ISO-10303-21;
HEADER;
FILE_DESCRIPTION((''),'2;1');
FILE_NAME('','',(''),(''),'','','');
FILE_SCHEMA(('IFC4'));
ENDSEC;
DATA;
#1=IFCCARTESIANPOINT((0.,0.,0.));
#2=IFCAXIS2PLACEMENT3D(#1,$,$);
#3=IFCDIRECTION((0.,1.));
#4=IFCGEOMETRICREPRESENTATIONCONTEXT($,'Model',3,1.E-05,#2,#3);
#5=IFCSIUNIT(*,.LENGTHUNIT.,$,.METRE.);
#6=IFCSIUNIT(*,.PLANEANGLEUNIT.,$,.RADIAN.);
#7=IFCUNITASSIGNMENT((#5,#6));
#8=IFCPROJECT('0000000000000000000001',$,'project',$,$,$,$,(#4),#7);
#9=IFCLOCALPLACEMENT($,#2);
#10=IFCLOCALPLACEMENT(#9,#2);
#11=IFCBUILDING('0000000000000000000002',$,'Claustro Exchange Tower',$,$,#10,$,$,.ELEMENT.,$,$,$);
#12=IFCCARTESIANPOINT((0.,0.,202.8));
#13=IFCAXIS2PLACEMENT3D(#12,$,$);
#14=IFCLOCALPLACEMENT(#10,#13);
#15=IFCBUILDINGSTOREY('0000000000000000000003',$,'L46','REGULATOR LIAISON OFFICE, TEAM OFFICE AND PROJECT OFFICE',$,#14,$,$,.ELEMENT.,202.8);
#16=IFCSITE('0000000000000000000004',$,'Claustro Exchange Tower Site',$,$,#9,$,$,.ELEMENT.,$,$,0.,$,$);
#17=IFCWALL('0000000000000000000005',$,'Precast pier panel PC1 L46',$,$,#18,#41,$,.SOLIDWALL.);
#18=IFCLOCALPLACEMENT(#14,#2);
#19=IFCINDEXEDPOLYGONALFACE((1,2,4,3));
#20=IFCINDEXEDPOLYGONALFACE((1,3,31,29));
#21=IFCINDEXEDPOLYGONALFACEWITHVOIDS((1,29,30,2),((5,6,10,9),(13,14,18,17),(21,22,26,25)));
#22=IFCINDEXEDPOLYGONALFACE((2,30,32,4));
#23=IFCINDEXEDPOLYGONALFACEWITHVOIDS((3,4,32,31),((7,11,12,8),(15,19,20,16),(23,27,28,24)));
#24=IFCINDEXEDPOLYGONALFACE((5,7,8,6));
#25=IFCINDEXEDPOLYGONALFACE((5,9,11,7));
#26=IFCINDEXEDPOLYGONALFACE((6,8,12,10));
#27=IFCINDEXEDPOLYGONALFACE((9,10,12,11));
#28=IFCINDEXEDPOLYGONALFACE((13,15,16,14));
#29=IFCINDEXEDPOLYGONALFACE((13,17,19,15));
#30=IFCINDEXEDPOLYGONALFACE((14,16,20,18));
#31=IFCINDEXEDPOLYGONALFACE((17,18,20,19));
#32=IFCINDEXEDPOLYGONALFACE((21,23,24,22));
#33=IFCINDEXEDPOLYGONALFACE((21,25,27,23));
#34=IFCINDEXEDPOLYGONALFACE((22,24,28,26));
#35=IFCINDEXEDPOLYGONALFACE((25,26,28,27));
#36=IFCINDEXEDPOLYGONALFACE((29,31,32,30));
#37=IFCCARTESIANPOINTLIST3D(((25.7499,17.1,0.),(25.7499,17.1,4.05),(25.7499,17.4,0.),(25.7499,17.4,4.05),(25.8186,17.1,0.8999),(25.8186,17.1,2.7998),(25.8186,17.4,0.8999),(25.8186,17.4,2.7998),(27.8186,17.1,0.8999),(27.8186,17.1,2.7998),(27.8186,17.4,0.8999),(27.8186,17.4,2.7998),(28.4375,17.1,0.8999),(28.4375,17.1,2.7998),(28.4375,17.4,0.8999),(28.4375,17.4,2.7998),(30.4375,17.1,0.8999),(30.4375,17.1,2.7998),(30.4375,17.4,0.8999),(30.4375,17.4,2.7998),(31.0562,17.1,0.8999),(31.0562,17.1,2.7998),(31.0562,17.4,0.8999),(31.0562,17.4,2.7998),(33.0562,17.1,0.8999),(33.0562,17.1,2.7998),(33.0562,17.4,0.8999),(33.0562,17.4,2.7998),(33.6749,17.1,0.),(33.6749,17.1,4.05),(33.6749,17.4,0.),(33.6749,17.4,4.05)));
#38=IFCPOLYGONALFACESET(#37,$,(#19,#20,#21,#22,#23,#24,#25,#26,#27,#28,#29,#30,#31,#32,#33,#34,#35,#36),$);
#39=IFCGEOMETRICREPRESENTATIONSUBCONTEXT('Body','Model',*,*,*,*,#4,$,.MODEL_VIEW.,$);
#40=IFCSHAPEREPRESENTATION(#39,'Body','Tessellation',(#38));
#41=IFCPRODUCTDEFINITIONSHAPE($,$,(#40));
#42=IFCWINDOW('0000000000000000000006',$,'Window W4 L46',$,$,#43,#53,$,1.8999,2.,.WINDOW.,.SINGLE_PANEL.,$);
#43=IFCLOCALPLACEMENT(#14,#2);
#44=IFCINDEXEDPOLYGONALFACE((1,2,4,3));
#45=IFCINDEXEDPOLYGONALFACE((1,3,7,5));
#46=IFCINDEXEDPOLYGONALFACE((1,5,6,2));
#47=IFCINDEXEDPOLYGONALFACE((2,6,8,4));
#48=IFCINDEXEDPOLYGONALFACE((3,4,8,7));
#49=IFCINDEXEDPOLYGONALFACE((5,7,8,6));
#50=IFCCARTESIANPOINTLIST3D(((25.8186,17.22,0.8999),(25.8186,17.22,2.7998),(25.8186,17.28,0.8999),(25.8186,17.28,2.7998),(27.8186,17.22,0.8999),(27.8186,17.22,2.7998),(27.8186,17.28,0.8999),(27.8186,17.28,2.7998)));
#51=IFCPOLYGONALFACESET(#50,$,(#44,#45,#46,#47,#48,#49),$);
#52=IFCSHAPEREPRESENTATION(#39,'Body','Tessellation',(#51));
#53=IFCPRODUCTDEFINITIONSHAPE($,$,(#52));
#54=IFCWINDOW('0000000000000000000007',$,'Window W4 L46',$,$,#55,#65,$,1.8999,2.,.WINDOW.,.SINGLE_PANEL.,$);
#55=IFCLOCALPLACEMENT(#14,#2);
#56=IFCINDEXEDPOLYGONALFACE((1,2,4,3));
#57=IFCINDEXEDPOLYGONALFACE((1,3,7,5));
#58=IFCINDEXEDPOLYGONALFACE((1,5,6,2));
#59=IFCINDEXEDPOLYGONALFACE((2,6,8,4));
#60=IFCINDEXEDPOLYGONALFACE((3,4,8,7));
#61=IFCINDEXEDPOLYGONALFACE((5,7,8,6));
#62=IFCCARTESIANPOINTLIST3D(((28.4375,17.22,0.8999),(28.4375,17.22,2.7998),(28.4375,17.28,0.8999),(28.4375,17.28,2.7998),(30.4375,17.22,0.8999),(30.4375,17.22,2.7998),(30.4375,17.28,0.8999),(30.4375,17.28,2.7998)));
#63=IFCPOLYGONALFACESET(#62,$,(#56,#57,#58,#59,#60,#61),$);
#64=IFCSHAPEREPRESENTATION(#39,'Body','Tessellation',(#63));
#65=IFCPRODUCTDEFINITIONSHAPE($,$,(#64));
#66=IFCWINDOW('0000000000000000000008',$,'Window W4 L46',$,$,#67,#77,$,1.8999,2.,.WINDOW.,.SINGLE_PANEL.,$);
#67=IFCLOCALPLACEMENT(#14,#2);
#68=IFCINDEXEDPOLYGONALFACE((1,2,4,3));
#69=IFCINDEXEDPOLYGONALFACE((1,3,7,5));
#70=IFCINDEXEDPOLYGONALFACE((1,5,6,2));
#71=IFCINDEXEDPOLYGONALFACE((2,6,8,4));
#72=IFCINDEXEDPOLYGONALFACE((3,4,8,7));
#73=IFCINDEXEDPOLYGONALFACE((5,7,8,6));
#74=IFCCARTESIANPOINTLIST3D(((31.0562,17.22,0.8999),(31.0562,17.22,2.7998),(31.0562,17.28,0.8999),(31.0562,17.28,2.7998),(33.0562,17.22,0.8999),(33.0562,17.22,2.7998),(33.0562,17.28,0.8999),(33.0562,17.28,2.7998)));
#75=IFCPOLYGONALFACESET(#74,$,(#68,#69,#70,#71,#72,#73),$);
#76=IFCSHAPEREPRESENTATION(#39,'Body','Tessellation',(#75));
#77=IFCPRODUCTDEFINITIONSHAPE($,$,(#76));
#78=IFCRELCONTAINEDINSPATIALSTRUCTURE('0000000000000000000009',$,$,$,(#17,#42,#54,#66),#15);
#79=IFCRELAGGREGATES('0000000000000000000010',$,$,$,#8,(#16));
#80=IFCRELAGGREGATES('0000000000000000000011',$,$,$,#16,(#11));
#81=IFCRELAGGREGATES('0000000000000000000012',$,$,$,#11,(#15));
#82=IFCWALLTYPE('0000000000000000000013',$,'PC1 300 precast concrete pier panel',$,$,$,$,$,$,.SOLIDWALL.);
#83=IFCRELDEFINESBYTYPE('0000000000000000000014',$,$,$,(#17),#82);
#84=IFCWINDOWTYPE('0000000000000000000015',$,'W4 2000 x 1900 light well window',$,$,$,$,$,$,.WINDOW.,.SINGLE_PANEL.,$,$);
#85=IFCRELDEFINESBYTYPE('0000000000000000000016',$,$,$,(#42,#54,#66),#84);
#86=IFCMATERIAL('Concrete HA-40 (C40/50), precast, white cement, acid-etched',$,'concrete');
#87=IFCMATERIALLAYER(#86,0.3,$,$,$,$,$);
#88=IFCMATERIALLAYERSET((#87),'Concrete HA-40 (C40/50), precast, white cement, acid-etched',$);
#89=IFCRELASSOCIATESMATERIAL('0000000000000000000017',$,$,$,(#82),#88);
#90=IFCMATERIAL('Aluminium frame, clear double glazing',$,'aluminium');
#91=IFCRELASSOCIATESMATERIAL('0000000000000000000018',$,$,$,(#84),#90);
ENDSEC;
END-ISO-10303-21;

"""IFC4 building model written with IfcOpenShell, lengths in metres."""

from ifc_helpers import new_model, si_unit, direction, frame, frame_2d, origin, place, context, subcontext, project, spatial, rectangle, extrude, material, layer, layer_set, type_object, element, fill, save


model = new_model("IFC4")

# Units and contexts
model_context = context("Model", 3, precision=1e-05, world=origin(), true_north=direction((0.0, 1.0)))
body_context = subcontext(model_context, "Body", "Model", "MODEL_VIEW")
ifc_project = project(units=[si_unit("LENGTHUNIT", "METRE"), si_unit("PLANEANGLEUNIT", "RADIAN")], contexts=[model_context])

# Site, building, storey
site_placement = place(None, origin())
site = spatial("IfcSite", under=ifc_project, at=site_placement, Name="Claustro Exchange Tower Site", CompositionType="ELEMENT", RefElevation=0.0)
building_placement = place(site_placement, origin())
building = spatial("IfcBuilding", under=site, at=building_placement, Name="Claustro Exchange Tower", CompositionType="ELEMENT")
storey_placement = place(building_placement, frame((0.0, 0.0, 202.8)))
storey = spatial("IfcBuildingStorey", under=building, at=storey_placement, Name="L46", Description="REGULATOR LIAISON OFFICE, TEAM OFFICE AND PROJECT OFFICE", CompositionType="ELEMENT", Elevation=202.8)

# Wall, openings, windows
ifc_material_1 = material(Name="Concrete HA-40 (C40/50), precast, white cement, acid-etched", Category="concrete")
ifc_layer_1 = layer(ifc_material_1, 0.3)
ifc_layer_set_1 = layer_set([ifc_layer_1], Name="Concrete HA-40 (C40/50), precast, white cement, acid-etched")
wall_type_1 = type_object("IfcWallType", Name="PC1 300 precast concrete pier panel", PredefinedType="SOLIDWALL", material=ifc_layer_set_1)
ifc_material_2 = material(Name="Aluminium frame, clear double glazing", Category="aluminium")
window_type = type_object("IfcWindowType", Name="W4 2000 x 1900 light well window", PartitioningType="SINGLE_PANEL", PredefinedType="WINDOW", material=ifc_material_2)
wall_1_placement = place(storey_placement, frame((25.75, 17.25, 0.0), z_axis=(0.0, 0.0, 1.0), x_axis=(1.0, 0.0, 0.0)))
wall_1 = element("IfcWall", 1, at=wall_1_placement, inside=storey, type_object=wall_type_1, Name="Precast pier panel PC1 L46", PredefinedType="SOLIDWALL", context=body_context, shape_type="SweptSolid", body=[
    extrude(rectangle(XDim=7.925, YDim=0.3, at=frame_2d((3.9624, 0.0))), origin(), (0.0, 0.0, 1.0), 4.05),
])
opening_1_placement = place(wall_1_placement, frame((0.0686, 0.0, 0.8999)))
opening_1 = element("IfcOpeningElement", 2, at=opening_1_placement, cuts=wall_1, PredefinedType="OPENING", context=body_context, shape_type="SweptSolid", body=[
    extrude(rectangle(XDim=2.0, YDim=1.8999, at=frame_2d((1.0, 0.95))), frame((0.0, 0.1599, 0.0), z_axis=(0.0, -1.0, 0.0), x_axis=(1.0, 0.0, 0.0)), (0.0, 0.0, 1.0), 0.3201),
])
opening_2_placement = place(wall_1_placement, frame((2.6875, 0.0, 0.8999)))
opening_2 = element("IfcOpeningElement", 3, at=opening_2_placement, cuts=wall_1, PredefinedType="OPENING", context=body_context, shape_type="SweptSolid", body=[
    extrude(rectangle(XDim=2.0, YDim=1.8999, at=frame_2d((1.0, 0.95))), frame((0.0, 0.1599, 0.0), z_axis=(0.0, -1.0, 0.0), x_axis=(1.0, 0.0, 0.0)), (0.0, 0.0, 1.0), 0.3201),
])
opening_3_placement = place(wall_1_placement, frame((5.3062, 0.0, 0.8999)))
opening_3 = element("IfcOpeningElement", 4, at=opening_3_placement, cuts=wall_1, PredefinedType="OPENING", context=body_context, shape_type="SweptSolid", body=[
    extrude(rectangle(XDim=2.0, YDim=1.8999, at=frame_2d((1.0, 0.95))), frame((0.0, 0.1599, 0.0), z_axis=(0.0, -1.0, 0.0), x_axis=(1.0, 0.0, 0.0)), (0.0, 0.0, 1.0), 0.3201),
])
window_1_placement = place(opening_1_placement, origin())
window_1 = element("IfcWindow", 5, at=window_1_placement, inside=storey, type_object=window_type, Name="Window W4 L46", OverallHeight=1.8999, OverallWidth=2.0, PartitioningType="SINGLE_PANEL", PredefinedType="WINDOW", context=body_context, shape_type="SweptSolid", body=[
    extrude(rectangle(XDim=2.0, YDim=1.8999, at=frame_2d((1.0, 0.95))), frame((0.0, 0.03, 0.0), z_axis=(0.0, -1.0, 0.0), x_axis=(1.0, 0.0, 0.0)), (0.0, 0.0, 1.0), 0.0601),
])
fill(opening_1, window_1)
window_2_placement = place(opening_2_placement, origin())
window_2 = element("IfcWindow", 6, at=window_2_placement, inside=storey, type_object=window_type, Name="Window W4 L46", OverallHeight=1.8999, OverallWidth=2.0, PartitioningType="SINGLE_PANEL", PredefinedType="WINDOW", context=body_context, shape_type="SweptSolid", body=[
    extrude(rectangle(XDim=2.0, YDim=1.8999, at=frame_2d((1.0, 0.95))), frame((0.0, 0.03, 0.0), z_axis=(0.0, -1.0, 0.0), x_axis=(1.0, 0.0, 0.0)), (0.0, 0.0, 1.0), 0.0601),
])
fill(opening_2, window_2)
window_3_placement = place(opening_3_placement, origin())
window_3 = element("IfcWindow", 7, at=window_3_placement, inside=storey, type_object=window_type, Name="Window W4 L46", OverallHeight=1.8999, OverallWidth=2.0, PartitioningType="SINGLE_PANEL", PredefinedType="WINDOW", context=body_context, shape_type="SweptSolid", body=[
    extrude(rectangle(XDim=2.0, YDim=1.8999, at=frame_2d((1.0, 0.95))), frame((0.0, 0.03, 0.0), z_axis=(0.0, -1.0, 0.0), x_axis=(1.0, 0.0, 0.0)), (0.0, 0.0, 1.0), 0.0601),
])
fill(opening_3, window_3)

save(model, "model.ifc")
